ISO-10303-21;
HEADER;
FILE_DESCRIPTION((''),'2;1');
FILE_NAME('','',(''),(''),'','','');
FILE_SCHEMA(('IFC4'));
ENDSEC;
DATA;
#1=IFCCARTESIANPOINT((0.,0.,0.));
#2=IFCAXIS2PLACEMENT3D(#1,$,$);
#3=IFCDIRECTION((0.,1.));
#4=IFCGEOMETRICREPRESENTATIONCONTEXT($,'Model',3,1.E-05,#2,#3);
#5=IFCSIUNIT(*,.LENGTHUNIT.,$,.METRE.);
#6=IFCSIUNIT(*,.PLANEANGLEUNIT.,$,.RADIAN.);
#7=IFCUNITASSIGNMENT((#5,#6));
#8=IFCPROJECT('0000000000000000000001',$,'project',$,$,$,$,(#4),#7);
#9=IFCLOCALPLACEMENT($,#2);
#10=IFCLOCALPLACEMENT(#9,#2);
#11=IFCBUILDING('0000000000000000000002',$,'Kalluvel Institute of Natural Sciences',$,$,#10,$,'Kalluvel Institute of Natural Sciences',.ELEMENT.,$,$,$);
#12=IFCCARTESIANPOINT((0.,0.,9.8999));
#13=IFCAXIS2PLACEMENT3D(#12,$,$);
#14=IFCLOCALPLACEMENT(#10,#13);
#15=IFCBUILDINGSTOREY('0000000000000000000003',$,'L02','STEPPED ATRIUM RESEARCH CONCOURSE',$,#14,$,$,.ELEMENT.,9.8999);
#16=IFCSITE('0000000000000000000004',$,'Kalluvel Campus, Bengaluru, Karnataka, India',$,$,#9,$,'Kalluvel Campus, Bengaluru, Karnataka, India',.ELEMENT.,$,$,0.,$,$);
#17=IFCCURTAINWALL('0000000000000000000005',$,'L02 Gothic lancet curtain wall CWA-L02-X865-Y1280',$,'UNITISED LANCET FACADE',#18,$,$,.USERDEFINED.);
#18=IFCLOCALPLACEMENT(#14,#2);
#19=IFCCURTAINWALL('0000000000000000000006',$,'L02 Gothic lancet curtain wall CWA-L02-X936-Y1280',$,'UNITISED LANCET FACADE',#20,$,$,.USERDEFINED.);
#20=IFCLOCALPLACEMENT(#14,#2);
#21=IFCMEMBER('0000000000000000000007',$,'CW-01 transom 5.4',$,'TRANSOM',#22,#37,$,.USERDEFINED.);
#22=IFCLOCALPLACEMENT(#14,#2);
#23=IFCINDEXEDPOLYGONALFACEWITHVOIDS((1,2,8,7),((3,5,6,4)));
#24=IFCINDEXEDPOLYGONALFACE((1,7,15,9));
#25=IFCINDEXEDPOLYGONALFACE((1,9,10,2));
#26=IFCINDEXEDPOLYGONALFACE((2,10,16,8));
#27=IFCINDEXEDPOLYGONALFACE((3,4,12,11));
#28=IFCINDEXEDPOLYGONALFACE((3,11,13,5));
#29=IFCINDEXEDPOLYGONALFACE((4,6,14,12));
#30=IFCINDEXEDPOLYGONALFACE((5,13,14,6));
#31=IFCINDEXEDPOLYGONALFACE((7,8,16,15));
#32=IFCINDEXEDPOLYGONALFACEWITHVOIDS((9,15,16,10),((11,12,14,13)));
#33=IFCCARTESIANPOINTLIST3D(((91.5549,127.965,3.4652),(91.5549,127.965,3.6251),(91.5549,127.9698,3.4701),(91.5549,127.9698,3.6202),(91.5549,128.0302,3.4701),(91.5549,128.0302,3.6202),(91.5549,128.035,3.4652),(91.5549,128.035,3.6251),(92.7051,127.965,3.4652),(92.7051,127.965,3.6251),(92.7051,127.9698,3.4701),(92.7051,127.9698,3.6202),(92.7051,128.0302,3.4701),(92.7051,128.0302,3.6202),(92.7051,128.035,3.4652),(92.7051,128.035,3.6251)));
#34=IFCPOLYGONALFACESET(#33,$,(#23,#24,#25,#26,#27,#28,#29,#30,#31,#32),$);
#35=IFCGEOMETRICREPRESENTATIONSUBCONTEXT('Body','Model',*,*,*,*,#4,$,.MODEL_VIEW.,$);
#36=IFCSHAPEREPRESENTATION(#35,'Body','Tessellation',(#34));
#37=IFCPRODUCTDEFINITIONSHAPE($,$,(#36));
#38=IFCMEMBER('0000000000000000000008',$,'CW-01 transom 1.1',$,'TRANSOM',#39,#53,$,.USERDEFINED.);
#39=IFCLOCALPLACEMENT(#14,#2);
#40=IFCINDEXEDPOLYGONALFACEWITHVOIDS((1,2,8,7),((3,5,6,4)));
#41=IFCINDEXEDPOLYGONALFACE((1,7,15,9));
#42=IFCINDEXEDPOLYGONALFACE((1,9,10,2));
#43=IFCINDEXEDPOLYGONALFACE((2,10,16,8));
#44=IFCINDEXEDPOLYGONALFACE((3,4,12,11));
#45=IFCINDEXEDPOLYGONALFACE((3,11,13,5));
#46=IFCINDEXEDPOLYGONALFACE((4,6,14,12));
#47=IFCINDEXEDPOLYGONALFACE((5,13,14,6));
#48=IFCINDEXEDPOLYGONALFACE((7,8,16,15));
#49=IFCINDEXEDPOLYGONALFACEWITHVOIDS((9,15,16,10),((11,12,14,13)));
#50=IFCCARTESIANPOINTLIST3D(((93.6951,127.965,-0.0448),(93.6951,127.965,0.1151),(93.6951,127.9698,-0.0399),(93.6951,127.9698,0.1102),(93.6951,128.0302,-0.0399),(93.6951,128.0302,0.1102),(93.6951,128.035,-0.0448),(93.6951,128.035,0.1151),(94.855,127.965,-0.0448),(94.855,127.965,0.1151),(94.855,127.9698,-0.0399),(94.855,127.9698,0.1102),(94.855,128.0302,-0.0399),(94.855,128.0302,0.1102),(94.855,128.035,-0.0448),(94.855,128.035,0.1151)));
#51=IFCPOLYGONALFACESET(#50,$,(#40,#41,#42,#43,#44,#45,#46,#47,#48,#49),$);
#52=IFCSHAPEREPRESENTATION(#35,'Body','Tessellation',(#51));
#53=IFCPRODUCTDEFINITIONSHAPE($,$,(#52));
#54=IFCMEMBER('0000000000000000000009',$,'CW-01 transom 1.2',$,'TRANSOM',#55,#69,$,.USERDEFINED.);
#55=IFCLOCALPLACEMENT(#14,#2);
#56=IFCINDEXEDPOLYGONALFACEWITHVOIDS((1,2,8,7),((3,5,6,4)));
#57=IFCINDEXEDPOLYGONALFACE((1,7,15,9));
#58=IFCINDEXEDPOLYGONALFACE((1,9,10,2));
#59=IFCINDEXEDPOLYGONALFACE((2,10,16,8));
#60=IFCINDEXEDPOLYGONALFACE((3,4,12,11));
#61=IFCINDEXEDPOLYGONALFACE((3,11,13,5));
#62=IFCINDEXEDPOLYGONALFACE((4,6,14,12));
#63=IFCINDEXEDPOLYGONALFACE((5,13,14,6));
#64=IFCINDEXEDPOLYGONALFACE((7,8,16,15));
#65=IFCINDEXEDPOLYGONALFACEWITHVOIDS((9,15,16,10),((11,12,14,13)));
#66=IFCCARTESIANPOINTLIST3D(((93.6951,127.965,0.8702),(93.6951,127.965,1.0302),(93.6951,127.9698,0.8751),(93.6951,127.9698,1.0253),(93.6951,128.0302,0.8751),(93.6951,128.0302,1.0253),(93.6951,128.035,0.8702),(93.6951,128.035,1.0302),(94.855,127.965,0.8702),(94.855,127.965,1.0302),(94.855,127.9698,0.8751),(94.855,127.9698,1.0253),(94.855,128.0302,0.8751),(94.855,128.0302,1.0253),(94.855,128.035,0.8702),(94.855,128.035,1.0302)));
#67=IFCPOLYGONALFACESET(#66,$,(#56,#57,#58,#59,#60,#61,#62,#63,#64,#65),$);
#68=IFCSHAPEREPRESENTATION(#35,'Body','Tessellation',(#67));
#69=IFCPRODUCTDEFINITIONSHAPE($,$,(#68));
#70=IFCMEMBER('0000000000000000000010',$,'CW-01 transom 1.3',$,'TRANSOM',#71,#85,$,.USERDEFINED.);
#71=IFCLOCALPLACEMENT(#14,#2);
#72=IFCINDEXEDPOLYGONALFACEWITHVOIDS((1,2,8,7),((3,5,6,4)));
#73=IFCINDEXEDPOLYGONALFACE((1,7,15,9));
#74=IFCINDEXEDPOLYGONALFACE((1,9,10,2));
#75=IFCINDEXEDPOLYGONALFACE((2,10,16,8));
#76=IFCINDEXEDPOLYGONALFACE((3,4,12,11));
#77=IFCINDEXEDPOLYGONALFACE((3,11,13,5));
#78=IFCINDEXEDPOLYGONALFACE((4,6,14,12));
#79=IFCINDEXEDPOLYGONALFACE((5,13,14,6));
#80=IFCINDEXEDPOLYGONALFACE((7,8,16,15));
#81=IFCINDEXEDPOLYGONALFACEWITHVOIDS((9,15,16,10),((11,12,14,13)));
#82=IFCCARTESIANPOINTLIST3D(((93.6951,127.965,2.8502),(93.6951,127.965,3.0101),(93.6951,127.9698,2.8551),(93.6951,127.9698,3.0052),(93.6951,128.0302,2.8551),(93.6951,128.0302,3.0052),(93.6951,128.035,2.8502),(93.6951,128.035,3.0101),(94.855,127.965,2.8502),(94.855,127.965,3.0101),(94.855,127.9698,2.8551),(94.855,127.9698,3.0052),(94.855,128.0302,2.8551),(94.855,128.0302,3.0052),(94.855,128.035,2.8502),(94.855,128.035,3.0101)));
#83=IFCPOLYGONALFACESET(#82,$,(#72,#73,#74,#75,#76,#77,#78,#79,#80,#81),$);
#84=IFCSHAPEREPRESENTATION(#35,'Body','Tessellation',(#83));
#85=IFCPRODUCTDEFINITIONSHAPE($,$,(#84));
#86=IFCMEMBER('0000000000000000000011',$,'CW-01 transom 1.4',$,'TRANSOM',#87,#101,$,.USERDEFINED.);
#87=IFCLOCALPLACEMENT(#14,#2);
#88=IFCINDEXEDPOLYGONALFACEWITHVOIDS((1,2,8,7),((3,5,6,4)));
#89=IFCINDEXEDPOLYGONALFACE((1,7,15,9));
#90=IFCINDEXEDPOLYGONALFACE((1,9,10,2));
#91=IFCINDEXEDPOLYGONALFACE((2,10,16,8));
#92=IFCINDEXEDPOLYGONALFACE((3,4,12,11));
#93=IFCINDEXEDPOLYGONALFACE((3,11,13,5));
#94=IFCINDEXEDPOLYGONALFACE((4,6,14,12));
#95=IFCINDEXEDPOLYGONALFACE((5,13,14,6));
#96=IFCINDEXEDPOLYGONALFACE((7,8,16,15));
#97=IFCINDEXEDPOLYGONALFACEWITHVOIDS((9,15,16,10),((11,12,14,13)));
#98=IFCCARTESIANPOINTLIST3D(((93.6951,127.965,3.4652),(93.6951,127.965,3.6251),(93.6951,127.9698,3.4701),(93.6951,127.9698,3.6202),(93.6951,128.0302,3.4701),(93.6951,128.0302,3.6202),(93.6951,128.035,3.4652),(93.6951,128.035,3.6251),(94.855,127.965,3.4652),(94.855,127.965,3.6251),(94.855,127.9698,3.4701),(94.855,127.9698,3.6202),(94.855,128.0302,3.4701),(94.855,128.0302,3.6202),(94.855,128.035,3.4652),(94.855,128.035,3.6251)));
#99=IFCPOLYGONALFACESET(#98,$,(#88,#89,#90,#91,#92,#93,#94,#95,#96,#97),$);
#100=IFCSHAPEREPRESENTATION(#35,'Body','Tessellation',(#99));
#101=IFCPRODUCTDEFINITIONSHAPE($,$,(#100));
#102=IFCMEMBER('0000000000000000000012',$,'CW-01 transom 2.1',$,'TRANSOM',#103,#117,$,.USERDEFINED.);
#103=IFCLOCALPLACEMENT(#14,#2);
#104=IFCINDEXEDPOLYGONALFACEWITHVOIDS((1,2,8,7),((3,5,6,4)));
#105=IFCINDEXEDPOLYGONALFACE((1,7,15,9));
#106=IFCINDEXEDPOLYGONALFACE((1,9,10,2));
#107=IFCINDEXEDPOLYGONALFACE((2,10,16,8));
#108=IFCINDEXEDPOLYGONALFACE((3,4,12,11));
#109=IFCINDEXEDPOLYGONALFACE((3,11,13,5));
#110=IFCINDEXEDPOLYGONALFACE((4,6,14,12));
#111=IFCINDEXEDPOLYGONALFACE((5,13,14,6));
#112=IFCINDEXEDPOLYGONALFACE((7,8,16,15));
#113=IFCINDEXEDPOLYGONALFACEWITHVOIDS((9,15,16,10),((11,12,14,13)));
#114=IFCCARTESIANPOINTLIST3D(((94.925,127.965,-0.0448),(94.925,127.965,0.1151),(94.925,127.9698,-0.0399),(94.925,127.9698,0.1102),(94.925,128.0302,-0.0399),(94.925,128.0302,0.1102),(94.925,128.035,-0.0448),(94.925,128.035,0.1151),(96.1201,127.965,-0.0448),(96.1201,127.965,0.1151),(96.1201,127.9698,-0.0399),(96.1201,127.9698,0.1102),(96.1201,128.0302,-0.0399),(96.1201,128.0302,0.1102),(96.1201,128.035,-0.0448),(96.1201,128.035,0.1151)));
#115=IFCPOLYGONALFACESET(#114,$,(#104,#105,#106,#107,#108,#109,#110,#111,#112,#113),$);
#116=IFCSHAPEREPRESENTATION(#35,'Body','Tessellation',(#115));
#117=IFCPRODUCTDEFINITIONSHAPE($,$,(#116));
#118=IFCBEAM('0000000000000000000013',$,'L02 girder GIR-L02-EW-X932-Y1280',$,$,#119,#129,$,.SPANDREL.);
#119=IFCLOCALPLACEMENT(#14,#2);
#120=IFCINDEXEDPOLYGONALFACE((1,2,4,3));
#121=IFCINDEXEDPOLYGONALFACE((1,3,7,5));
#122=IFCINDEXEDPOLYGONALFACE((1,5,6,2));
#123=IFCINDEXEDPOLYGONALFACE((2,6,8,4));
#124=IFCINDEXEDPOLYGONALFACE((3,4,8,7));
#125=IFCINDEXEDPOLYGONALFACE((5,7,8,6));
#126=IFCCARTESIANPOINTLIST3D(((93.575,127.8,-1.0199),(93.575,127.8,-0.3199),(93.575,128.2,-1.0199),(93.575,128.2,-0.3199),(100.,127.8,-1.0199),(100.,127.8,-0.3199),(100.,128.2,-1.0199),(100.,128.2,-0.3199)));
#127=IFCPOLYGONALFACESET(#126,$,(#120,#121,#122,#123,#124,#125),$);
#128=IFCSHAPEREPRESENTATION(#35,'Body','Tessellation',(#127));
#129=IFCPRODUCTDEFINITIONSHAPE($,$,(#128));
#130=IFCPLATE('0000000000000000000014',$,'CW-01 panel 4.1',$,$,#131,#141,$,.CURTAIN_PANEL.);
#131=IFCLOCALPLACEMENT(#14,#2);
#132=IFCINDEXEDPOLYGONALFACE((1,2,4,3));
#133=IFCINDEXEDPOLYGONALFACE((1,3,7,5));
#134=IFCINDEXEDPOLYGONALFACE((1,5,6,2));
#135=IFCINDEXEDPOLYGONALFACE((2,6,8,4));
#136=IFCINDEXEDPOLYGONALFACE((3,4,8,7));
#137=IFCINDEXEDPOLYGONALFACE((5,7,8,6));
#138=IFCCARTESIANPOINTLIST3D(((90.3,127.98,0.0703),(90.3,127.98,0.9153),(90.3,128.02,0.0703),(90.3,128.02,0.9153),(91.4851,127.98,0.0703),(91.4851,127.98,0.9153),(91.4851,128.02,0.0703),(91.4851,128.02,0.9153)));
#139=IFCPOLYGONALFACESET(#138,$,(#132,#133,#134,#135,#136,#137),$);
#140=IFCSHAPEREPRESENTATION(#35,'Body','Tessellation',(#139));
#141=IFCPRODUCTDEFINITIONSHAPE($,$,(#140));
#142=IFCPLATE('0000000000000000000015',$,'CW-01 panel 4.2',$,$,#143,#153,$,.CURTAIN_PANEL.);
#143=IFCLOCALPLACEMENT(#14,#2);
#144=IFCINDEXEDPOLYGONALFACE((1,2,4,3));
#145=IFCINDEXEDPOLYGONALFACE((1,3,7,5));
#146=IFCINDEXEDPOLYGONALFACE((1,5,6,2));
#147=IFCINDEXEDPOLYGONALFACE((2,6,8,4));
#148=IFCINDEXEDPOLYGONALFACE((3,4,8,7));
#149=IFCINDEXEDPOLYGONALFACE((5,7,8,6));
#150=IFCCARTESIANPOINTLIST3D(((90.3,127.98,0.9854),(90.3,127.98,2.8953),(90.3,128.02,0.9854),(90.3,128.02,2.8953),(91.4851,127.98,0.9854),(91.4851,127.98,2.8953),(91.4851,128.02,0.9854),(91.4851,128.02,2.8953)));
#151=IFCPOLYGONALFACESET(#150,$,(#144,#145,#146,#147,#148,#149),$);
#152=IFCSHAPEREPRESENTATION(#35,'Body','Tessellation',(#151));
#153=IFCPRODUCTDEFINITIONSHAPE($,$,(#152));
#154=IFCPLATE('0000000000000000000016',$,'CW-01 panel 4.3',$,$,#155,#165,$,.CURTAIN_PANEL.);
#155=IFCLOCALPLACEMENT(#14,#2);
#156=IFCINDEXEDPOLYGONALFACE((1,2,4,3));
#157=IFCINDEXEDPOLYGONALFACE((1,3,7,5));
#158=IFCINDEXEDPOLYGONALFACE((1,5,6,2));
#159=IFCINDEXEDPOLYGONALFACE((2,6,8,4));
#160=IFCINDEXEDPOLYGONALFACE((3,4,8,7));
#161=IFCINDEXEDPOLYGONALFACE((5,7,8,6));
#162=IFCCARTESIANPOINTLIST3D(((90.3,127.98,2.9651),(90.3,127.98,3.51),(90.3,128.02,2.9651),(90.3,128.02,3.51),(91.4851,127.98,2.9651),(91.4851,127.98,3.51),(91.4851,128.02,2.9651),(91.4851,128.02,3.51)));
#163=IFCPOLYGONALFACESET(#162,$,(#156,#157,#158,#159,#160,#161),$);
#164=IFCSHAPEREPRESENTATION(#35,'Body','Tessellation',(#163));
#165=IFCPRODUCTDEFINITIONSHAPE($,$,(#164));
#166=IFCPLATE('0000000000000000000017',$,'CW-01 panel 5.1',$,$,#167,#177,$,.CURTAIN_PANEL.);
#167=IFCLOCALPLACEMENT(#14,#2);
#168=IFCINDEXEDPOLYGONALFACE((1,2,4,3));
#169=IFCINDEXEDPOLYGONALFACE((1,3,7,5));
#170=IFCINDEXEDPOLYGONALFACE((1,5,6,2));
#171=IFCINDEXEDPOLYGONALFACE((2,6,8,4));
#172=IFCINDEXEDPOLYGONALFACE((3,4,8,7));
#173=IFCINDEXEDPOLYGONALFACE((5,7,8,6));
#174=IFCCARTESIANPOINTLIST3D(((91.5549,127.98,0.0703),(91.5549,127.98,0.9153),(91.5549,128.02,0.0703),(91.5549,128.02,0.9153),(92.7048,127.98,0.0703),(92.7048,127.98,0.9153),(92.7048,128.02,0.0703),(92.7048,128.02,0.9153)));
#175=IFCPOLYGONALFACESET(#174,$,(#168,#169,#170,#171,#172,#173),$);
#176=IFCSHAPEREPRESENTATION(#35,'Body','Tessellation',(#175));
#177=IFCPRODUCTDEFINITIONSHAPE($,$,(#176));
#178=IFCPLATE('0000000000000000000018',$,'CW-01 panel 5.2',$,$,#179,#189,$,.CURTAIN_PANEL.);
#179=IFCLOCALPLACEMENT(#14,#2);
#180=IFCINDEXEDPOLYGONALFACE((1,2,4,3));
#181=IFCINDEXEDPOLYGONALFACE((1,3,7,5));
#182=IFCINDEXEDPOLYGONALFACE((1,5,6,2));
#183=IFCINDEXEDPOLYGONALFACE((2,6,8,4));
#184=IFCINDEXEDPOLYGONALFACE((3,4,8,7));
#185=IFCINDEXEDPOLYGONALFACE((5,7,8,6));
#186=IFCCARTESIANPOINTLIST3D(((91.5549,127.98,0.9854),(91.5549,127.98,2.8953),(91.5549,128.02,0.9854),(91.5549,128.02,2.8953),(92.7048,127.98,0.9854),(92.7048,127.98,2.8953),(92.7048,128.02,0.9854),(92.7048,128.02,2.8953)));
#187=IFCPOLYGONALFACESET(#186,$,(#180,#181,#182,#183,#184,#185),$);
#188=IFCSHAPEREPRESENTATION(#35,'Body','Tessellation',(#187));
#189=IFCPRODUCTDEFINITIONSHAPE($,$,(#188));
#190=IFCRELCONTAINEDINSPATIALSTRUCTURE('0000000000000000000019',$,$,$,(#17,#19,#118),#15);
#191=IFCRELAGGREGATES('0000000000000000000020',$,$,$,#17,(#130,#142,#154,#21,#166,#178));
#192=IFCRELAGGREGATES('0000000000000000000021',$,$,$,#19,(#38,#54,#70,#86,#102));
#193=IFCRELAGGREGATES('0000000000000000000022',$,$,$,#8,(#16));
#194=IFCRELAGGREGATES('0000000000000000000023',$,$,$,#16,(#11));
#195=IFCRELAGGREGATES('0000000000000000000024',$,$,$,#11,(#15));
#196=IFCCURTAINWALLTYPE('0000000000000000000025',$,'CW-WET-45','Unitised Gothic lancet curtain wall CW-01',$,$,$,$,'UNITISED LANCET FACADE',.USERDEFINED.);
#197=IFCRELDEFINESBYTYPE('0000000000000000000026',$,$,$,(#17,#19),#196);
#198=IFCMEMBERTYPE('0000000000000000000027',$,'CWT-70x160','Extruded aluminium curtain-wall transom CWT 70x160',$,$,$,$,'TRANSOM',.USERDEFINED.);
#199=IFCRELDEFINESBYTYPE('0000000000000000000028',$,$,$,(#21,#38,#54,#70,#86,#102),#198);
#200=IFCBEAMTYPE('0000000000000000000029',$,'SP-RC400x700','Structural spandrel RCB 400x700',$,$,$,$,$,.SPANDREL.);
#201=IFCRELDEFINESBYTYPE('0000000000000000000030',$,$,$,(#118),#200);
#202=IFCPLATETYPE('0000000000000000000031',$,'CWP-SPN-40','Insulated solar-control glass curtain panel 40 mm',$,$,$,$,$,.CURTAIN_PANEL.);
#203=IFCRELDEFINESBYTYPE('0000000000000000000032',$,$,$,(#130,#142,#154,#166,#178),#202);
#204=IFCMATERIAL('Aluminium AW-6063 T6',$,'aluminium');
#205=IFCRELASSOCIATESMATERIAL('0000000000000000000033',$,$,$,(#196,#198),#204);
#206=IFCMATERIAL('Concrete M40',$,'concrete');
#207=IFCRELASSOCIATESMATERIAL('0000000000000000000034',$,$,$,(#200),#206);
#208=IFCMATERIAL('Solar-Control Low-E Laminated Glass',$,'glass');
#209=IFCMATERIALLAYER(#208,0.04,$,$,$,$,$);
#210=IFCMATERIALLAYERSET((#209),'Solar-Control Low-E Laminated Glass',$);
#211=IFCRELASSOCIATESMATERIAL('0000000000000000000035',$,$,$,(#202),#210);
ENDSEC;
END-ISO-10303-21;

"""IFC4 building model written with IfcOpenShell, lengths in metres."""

from ifc_helpers import new_model, si_unit, direction, frame, origin, origin_2d, place, context, subcontext, project, spatial, rectangle, hollow_rectangle, extrude, material, layer, layer_set, material_profile, profile_set, type_object, element, aggregate, save


model = new_model("IFC4")

# Units and contexts
model_context = context("Model", 3, precision=1e-05, world=origin(), true_north=direction((0.0, 1.0)))
body_context = subcontext(model_context, "Body", "Model", "MODEL_VIEW")
ifc_project = project(units=[si_unit("LENGTHUNIT", "METRE"), si_unit("PLANEANGLEUNIT", "RADIAN")], contexts=[model_context])

# Site, building, storey
site_placement = place(None, origin())
site = spatial("IfcSite", under=ifc_project, at=site_placement, Name="Kalluvel Campus, Bengaluru, Karnataka, India", LongName="Kalluvel Campus, Bengaluru, Karnataka, India", CompositionType="ELEMENT", RefElevation=0.0)
building_placement = place(site_placement, origin())
building = spatial("IfcBuilding", under=site, at=building_placement, Name="Kalluvel Institute of Natural Sciences", LongName="Kalluvel Institute of Natural Sciences", CompositionType="ELEMENT")
storey_placement = place(building_placement, frame((0.0, 0.0, 9.8999)))
storey = spatial("IfcBuildingStorey", under=building, at=storey_placement, Name="L02", Description="STEPPED ATRIUM RESEARCH CONCOURSE", CompositionType="ELEMENT", Elevation=9.8999)

# Curtain walls
ifc_material_1 = material(Name="Aluminium AW-6063 T6", Category="aluminium")
curtain_wall_type = type_object("IfcCurtainWallType", Name="CW-WET-45", Description="Unitised Gothic lancet curtain wall CW-01", ElementType="UNITISED LANCET FACADE", PredefinedType="USERDEFINED", material=ifc_material_1)
curtain_wall_1_placement = place(storey_placement, origin())
curtain_wall_1 = element("IfcCurtainWall", 1, at=curtain_wall_1_placement, inside=storey, type_object=curtain_wall_type, Name="L02 Gothic lancet curtain wall CWA-L02-X865-Y1280", ObjectType="UNITISED LANCET FACADE", PredefinedType="USERDEFINED")
curtain_wall_2_placement = place(storey_placement, origin())
curtain_wall_2 = element("IfcCurtainWall", 2, at=curtain_wall_2_placement, inside=storey, type_object=curtain_wall_type, Name="L02 Gothic lancet curtain wall CWA-L02-X936-Y1280", ObjectType="UNITISED LANCET FACADE", PredefinedType="USERDEFINED")

# Members
ifc_material_profile_1 = material_profile(ifc_material_1, hollow_rectangle(XDim=0.0701, YDim=0.1599, WallThickness=0.0049, at=origin_2d()), Name="CWT 70x160")
ifc_profile_set_1 = profile_set([ifc_material_profile_1], Name="Aluminium AW-6063 T6")
member_type_1 = type_object("IfcMemberType", Name="CWT-70x160", Description="Extruded aluminium curtain-wall transom CWT 70x160", ElementType="TRANSOM", PredefinedType="USERDEFINED", material=ifc_profile_set_1)
member_1_placement = place(storey_placement, frame((91.5549, 128.0, 3.5452), z_axis=(1.0, 0.0, 0.0), x_axis=(0.0, 1.0, 0.0)))
member_1 = element("IfcMember", 3, at=member_1_placement, type_object=member_type_1, Name="CW-01 transom 5.4", ObjectType="TRANSOM", PredefinedType="USERDEFINED", context=body_context, shape_type="SweptSolid", body=[
    extrude(hollow_rectangle(XDim=0.0701, YDim=0.1599, WallThickness=0.0049, at=origin_2d()), origin(), (0.0, 0.0, 1.0), 1.1501),
])
member_2_placement = place(storey_placement, frame((93.6951, 128.0, 0.0352), z_axis=(1.0, 0.0, 0.0), x_axis=(0.0, 1.0, 0.0)))
member_2 = element("IfcMember", 4, at=member_2_placement, type_object=member_type_1, Name="CW-01 transom 1.1", ObjectType="TRANSOM", PredefinedType="USERDEFINED", context=body_context, shape_type="SweptSolid", body=[
    extrude(hollow_rectangle(XDim=0.0701, YDim=0.1599, WallThickness=0.0049, at=origin_2d()), origin(), (0.0, 0.0, 1.0), 1.1599),
])
member_3_placement = place(storey_placement, frame((93.6951, 128.0, 0.9502), z_axis=(1.0, 0.0, 0.0), x_axis=(0.0, 1.0, 0.0)))
member_3 = element("IfcMember", 5, at=member_3_placement, type_object=member_type_1, Name="CW-01 transom 1.2", ObjectType="TRANSOM", PredefinedType="USERDEFINED", context=body_context, shape_type="SweptSolid", body=[
    extrude(hollow_rectangle(XDim=0.0701, YDim=0.1599, WallThickness=0.0049, at=origin_2d()), origin(), (0.0, 0.0, 1.0), 1.1599),
])
member_4_placement = place(storey_placement, frame((93.6951, 128.0, 2.9302), z_axis=(1.0, 0.0, 0.0), x_axis=(0.0, 1.0, 0.0)))
member_4 = element("IfcMember", 6, at=member_4_placement, type_object=member_type_1, Name="CW-01 transom 1.3", ObjectType="TRANSOM", PredefinedType="USERDEFINED", context=body_context, shape_type="SweptSolid", body=[
    extrude(hollow_rectangle(XDim=0.0701, YDim=0.1599, WallThickness=0.0049, at=origin_2d()), origin(), (0.0, 0.0, 1.0), 1.1599),
])
member_5_placement = place(storey_placement, frame((93.6951, 128.0, 3.5452), z_axis=(1.0, 0.0, 0.0), x_axis=(0.0, 1.0, 0.0)))
member_5 = element("IfcMember", 7, at=member_5_placement, type_object=member_type_1, Name="CW-01 transom 1.4", ObjectType="TRANSOM", PredefinedType="USERDEFINED", context=body_context, shape_type="SweptSolid", body=[
    extrude(hollow_rectangle(XDim=0.0701, YDim=0.1599, WallThickness=0.0049, at=origin_2d()), origin(), (0.0, 0.0, 1.0), 1.1599),
])
member_6_placement = place(storey_placement, frame((94.925, 128.0, 0.0352), z_axis=(1.0, 0.0, 0.0), x_axis=(0.0, 1.0, 0.0)))
member_6 = element("IfcMember", 8, at=member_6_placement, type_object=member_type_1, Name="CW-01 transom 2.1", ObjectType="TRANSOM", PredefinedType="USERDEFINED", context=body_context, shape_type="SweptSolid", body=[
    extrude(hollow_rectangle(XDim=0.0701, YDim=0.1599, WallThickness=0.0049, at=origin_2d()), origin(), (0.0, 0.0, 1.0), 1.1951),
])

# Beam
ifc_material_2 = material(Name="Concrete M40", Category="concrete")
ifc_material_profile_2 = material_profile(ifc_material_2, rectangle(XDim=0.3999, YDim=0.7, at=origin_2d()), Name="RCB 400x700")
ifc_profile_set_2 = profile_set([ifc_material_profile_2], Name="Concrete M40")
beam_type = type_object("IfcBeamType", Name="SP-RC400x700", Description="Structural spandrel RCB 400x700", PredefinedType="SPANDREL", material=ifc_profile_set_2)
beam_placement = place(storey_placement, frame((93.575, 128.0, -0.6699), z_axis=(1.0, 0.0, 0.0), x_axis=(0.0, 1.0, 0.0)))
element("IfcBeam", 9, at=beam_placement, inside=storey, type_object=beam_type, Name="L02 girder GIR-L02-EW-X932-Y1280", PredefinedType="SPANDREL", context=body_context, shape_type="SweptSolid", body=[
    extrude(rectangle(XDim=0.3999, YDim=0.7, at=origin_2d()), origin(), (0.0, 0.0, 1.0), 6.425),
])

# Plates
ifc_material_3 = material(Name="Solar-Control Low-E Laminated Glass", Category="glass")
ifc_layer = layer(ifc_material_3, 0.04)
ifc_layer_set = layer_set([ifc_layer], Name="Solar-Control Low-E Laminated Glass")
plate_type = type_object("IfcPlateType", Name="CWP-SPN-40", Description="Insulated solar-control glass curtain panel 40 mm", PredefinedType="CURTAIN_PANEL", material=ifc_layer_set)
plate_1_placement = place(storey_placement, frame((90.8926, 128.0, 0.0703), z_axis=(0.0, 0.0, 1.0), x_axis=(1.0, 0.0, 0.0)))
plate_1 = element("IfcPlate", 10, at=plate_1_placement, type_object=plate_type, Name="CW-01 panel 4.1", PredefinedType="CURTAIN_PANEL", context=body_context, shape_type="SweptSolid", body=[
    extrude(rectangle(XDim=1.1851, YDim=0.04, at=origin_2d()), origin(), (0.0, 0.0, 1.0), 0.845),
])
plate_2_placement = place(storey_placement, frame((90.8926, 128.0, 0.9854), z_axis=(0.0, 0.0, 1.0), x_axis=(1.0, 0.0, 0.0)))
plate_2 = element("IfcPlate", 11, at=plate_2_placement, type_object=plate_type, Name="CW-01 panel 4.2", PredefinedType="CURTAIN_PANEL", context=body_context, shape_type="SweptSolid", body=[
    extrude(rectangle(XDim=1.1851, YDim=0.04, at=origin_2d()), origin(), (0.0, 0.0, 1.0), 1.9099),
])
plate_3_placement = place(storey_placement, frame((90.8926, 128.0, 2.9651), z_axis=(0.0, 0.0, 1.0), x_axis=(1.0, 0.0, 0.0)))
plate_3 = element("IfcPlate", 12, at=plate_3_placement, type_object=plate_type, Name="CW-01 panel 4.3", PredefinedType="CURTAIN_PANEL", context=body_context, shape_type="SweptSolid", body=[
    extrude(rectangle(XDim=1.1851, YDim=0.04, at=origin_2d()), origin(), (0.0, 0.0, 1.0), 0.5449),
])
plate_4_placement = place(storey_placement, frame((92.1299, 128.0, 0.0703), z_axis=(0.0, 0.0, 1.0), x_axis=(1.0, 0.0, 0.0)))
plate_4 = element("IfcPlate", 13, at=plate_4_placement, type_object=plate_type, Name="CW-01 panel 5.1", PredefinedType="CURTAIN_PANEL", context=body_context, shape_type="SweptSolid", body=[
    extrude(rectangle(XDim=1.1499, YDim=0.04, at=origin_2d()), origin(), (0.0, 0.0, 1.0), 0.845),
])
plate_5_placement = place(storey_placement, frame((92.1299, 128.0, 0.9854), z_axis=(0.0, 0.0, 1.0), x_axis=(1.0, 0.0, 0.0)))
plate_5 = element("IfcPlate", 14, at=plate_5_placement, type_object=plate_type, Name="CW-01 panel 5.2", PredefinedType="CURTAIN_PANEL", context=body_context, shape_type="SweptSolid", body=[
    extrude(rectangle(XDim=1.1499, YDim=0.04, at=origin_2d()), origin(), (0.0, 0.0, 1.0), 1.9099),
])
aggregate(curtain_wall_1, [plate_1, plate_2, plate_3, member_1, plate_4, plate_5])
aggregate(curtain_wall_2, [member_2, member_3, member_4, member_5, member_6])

save(model, "model.ifc")
